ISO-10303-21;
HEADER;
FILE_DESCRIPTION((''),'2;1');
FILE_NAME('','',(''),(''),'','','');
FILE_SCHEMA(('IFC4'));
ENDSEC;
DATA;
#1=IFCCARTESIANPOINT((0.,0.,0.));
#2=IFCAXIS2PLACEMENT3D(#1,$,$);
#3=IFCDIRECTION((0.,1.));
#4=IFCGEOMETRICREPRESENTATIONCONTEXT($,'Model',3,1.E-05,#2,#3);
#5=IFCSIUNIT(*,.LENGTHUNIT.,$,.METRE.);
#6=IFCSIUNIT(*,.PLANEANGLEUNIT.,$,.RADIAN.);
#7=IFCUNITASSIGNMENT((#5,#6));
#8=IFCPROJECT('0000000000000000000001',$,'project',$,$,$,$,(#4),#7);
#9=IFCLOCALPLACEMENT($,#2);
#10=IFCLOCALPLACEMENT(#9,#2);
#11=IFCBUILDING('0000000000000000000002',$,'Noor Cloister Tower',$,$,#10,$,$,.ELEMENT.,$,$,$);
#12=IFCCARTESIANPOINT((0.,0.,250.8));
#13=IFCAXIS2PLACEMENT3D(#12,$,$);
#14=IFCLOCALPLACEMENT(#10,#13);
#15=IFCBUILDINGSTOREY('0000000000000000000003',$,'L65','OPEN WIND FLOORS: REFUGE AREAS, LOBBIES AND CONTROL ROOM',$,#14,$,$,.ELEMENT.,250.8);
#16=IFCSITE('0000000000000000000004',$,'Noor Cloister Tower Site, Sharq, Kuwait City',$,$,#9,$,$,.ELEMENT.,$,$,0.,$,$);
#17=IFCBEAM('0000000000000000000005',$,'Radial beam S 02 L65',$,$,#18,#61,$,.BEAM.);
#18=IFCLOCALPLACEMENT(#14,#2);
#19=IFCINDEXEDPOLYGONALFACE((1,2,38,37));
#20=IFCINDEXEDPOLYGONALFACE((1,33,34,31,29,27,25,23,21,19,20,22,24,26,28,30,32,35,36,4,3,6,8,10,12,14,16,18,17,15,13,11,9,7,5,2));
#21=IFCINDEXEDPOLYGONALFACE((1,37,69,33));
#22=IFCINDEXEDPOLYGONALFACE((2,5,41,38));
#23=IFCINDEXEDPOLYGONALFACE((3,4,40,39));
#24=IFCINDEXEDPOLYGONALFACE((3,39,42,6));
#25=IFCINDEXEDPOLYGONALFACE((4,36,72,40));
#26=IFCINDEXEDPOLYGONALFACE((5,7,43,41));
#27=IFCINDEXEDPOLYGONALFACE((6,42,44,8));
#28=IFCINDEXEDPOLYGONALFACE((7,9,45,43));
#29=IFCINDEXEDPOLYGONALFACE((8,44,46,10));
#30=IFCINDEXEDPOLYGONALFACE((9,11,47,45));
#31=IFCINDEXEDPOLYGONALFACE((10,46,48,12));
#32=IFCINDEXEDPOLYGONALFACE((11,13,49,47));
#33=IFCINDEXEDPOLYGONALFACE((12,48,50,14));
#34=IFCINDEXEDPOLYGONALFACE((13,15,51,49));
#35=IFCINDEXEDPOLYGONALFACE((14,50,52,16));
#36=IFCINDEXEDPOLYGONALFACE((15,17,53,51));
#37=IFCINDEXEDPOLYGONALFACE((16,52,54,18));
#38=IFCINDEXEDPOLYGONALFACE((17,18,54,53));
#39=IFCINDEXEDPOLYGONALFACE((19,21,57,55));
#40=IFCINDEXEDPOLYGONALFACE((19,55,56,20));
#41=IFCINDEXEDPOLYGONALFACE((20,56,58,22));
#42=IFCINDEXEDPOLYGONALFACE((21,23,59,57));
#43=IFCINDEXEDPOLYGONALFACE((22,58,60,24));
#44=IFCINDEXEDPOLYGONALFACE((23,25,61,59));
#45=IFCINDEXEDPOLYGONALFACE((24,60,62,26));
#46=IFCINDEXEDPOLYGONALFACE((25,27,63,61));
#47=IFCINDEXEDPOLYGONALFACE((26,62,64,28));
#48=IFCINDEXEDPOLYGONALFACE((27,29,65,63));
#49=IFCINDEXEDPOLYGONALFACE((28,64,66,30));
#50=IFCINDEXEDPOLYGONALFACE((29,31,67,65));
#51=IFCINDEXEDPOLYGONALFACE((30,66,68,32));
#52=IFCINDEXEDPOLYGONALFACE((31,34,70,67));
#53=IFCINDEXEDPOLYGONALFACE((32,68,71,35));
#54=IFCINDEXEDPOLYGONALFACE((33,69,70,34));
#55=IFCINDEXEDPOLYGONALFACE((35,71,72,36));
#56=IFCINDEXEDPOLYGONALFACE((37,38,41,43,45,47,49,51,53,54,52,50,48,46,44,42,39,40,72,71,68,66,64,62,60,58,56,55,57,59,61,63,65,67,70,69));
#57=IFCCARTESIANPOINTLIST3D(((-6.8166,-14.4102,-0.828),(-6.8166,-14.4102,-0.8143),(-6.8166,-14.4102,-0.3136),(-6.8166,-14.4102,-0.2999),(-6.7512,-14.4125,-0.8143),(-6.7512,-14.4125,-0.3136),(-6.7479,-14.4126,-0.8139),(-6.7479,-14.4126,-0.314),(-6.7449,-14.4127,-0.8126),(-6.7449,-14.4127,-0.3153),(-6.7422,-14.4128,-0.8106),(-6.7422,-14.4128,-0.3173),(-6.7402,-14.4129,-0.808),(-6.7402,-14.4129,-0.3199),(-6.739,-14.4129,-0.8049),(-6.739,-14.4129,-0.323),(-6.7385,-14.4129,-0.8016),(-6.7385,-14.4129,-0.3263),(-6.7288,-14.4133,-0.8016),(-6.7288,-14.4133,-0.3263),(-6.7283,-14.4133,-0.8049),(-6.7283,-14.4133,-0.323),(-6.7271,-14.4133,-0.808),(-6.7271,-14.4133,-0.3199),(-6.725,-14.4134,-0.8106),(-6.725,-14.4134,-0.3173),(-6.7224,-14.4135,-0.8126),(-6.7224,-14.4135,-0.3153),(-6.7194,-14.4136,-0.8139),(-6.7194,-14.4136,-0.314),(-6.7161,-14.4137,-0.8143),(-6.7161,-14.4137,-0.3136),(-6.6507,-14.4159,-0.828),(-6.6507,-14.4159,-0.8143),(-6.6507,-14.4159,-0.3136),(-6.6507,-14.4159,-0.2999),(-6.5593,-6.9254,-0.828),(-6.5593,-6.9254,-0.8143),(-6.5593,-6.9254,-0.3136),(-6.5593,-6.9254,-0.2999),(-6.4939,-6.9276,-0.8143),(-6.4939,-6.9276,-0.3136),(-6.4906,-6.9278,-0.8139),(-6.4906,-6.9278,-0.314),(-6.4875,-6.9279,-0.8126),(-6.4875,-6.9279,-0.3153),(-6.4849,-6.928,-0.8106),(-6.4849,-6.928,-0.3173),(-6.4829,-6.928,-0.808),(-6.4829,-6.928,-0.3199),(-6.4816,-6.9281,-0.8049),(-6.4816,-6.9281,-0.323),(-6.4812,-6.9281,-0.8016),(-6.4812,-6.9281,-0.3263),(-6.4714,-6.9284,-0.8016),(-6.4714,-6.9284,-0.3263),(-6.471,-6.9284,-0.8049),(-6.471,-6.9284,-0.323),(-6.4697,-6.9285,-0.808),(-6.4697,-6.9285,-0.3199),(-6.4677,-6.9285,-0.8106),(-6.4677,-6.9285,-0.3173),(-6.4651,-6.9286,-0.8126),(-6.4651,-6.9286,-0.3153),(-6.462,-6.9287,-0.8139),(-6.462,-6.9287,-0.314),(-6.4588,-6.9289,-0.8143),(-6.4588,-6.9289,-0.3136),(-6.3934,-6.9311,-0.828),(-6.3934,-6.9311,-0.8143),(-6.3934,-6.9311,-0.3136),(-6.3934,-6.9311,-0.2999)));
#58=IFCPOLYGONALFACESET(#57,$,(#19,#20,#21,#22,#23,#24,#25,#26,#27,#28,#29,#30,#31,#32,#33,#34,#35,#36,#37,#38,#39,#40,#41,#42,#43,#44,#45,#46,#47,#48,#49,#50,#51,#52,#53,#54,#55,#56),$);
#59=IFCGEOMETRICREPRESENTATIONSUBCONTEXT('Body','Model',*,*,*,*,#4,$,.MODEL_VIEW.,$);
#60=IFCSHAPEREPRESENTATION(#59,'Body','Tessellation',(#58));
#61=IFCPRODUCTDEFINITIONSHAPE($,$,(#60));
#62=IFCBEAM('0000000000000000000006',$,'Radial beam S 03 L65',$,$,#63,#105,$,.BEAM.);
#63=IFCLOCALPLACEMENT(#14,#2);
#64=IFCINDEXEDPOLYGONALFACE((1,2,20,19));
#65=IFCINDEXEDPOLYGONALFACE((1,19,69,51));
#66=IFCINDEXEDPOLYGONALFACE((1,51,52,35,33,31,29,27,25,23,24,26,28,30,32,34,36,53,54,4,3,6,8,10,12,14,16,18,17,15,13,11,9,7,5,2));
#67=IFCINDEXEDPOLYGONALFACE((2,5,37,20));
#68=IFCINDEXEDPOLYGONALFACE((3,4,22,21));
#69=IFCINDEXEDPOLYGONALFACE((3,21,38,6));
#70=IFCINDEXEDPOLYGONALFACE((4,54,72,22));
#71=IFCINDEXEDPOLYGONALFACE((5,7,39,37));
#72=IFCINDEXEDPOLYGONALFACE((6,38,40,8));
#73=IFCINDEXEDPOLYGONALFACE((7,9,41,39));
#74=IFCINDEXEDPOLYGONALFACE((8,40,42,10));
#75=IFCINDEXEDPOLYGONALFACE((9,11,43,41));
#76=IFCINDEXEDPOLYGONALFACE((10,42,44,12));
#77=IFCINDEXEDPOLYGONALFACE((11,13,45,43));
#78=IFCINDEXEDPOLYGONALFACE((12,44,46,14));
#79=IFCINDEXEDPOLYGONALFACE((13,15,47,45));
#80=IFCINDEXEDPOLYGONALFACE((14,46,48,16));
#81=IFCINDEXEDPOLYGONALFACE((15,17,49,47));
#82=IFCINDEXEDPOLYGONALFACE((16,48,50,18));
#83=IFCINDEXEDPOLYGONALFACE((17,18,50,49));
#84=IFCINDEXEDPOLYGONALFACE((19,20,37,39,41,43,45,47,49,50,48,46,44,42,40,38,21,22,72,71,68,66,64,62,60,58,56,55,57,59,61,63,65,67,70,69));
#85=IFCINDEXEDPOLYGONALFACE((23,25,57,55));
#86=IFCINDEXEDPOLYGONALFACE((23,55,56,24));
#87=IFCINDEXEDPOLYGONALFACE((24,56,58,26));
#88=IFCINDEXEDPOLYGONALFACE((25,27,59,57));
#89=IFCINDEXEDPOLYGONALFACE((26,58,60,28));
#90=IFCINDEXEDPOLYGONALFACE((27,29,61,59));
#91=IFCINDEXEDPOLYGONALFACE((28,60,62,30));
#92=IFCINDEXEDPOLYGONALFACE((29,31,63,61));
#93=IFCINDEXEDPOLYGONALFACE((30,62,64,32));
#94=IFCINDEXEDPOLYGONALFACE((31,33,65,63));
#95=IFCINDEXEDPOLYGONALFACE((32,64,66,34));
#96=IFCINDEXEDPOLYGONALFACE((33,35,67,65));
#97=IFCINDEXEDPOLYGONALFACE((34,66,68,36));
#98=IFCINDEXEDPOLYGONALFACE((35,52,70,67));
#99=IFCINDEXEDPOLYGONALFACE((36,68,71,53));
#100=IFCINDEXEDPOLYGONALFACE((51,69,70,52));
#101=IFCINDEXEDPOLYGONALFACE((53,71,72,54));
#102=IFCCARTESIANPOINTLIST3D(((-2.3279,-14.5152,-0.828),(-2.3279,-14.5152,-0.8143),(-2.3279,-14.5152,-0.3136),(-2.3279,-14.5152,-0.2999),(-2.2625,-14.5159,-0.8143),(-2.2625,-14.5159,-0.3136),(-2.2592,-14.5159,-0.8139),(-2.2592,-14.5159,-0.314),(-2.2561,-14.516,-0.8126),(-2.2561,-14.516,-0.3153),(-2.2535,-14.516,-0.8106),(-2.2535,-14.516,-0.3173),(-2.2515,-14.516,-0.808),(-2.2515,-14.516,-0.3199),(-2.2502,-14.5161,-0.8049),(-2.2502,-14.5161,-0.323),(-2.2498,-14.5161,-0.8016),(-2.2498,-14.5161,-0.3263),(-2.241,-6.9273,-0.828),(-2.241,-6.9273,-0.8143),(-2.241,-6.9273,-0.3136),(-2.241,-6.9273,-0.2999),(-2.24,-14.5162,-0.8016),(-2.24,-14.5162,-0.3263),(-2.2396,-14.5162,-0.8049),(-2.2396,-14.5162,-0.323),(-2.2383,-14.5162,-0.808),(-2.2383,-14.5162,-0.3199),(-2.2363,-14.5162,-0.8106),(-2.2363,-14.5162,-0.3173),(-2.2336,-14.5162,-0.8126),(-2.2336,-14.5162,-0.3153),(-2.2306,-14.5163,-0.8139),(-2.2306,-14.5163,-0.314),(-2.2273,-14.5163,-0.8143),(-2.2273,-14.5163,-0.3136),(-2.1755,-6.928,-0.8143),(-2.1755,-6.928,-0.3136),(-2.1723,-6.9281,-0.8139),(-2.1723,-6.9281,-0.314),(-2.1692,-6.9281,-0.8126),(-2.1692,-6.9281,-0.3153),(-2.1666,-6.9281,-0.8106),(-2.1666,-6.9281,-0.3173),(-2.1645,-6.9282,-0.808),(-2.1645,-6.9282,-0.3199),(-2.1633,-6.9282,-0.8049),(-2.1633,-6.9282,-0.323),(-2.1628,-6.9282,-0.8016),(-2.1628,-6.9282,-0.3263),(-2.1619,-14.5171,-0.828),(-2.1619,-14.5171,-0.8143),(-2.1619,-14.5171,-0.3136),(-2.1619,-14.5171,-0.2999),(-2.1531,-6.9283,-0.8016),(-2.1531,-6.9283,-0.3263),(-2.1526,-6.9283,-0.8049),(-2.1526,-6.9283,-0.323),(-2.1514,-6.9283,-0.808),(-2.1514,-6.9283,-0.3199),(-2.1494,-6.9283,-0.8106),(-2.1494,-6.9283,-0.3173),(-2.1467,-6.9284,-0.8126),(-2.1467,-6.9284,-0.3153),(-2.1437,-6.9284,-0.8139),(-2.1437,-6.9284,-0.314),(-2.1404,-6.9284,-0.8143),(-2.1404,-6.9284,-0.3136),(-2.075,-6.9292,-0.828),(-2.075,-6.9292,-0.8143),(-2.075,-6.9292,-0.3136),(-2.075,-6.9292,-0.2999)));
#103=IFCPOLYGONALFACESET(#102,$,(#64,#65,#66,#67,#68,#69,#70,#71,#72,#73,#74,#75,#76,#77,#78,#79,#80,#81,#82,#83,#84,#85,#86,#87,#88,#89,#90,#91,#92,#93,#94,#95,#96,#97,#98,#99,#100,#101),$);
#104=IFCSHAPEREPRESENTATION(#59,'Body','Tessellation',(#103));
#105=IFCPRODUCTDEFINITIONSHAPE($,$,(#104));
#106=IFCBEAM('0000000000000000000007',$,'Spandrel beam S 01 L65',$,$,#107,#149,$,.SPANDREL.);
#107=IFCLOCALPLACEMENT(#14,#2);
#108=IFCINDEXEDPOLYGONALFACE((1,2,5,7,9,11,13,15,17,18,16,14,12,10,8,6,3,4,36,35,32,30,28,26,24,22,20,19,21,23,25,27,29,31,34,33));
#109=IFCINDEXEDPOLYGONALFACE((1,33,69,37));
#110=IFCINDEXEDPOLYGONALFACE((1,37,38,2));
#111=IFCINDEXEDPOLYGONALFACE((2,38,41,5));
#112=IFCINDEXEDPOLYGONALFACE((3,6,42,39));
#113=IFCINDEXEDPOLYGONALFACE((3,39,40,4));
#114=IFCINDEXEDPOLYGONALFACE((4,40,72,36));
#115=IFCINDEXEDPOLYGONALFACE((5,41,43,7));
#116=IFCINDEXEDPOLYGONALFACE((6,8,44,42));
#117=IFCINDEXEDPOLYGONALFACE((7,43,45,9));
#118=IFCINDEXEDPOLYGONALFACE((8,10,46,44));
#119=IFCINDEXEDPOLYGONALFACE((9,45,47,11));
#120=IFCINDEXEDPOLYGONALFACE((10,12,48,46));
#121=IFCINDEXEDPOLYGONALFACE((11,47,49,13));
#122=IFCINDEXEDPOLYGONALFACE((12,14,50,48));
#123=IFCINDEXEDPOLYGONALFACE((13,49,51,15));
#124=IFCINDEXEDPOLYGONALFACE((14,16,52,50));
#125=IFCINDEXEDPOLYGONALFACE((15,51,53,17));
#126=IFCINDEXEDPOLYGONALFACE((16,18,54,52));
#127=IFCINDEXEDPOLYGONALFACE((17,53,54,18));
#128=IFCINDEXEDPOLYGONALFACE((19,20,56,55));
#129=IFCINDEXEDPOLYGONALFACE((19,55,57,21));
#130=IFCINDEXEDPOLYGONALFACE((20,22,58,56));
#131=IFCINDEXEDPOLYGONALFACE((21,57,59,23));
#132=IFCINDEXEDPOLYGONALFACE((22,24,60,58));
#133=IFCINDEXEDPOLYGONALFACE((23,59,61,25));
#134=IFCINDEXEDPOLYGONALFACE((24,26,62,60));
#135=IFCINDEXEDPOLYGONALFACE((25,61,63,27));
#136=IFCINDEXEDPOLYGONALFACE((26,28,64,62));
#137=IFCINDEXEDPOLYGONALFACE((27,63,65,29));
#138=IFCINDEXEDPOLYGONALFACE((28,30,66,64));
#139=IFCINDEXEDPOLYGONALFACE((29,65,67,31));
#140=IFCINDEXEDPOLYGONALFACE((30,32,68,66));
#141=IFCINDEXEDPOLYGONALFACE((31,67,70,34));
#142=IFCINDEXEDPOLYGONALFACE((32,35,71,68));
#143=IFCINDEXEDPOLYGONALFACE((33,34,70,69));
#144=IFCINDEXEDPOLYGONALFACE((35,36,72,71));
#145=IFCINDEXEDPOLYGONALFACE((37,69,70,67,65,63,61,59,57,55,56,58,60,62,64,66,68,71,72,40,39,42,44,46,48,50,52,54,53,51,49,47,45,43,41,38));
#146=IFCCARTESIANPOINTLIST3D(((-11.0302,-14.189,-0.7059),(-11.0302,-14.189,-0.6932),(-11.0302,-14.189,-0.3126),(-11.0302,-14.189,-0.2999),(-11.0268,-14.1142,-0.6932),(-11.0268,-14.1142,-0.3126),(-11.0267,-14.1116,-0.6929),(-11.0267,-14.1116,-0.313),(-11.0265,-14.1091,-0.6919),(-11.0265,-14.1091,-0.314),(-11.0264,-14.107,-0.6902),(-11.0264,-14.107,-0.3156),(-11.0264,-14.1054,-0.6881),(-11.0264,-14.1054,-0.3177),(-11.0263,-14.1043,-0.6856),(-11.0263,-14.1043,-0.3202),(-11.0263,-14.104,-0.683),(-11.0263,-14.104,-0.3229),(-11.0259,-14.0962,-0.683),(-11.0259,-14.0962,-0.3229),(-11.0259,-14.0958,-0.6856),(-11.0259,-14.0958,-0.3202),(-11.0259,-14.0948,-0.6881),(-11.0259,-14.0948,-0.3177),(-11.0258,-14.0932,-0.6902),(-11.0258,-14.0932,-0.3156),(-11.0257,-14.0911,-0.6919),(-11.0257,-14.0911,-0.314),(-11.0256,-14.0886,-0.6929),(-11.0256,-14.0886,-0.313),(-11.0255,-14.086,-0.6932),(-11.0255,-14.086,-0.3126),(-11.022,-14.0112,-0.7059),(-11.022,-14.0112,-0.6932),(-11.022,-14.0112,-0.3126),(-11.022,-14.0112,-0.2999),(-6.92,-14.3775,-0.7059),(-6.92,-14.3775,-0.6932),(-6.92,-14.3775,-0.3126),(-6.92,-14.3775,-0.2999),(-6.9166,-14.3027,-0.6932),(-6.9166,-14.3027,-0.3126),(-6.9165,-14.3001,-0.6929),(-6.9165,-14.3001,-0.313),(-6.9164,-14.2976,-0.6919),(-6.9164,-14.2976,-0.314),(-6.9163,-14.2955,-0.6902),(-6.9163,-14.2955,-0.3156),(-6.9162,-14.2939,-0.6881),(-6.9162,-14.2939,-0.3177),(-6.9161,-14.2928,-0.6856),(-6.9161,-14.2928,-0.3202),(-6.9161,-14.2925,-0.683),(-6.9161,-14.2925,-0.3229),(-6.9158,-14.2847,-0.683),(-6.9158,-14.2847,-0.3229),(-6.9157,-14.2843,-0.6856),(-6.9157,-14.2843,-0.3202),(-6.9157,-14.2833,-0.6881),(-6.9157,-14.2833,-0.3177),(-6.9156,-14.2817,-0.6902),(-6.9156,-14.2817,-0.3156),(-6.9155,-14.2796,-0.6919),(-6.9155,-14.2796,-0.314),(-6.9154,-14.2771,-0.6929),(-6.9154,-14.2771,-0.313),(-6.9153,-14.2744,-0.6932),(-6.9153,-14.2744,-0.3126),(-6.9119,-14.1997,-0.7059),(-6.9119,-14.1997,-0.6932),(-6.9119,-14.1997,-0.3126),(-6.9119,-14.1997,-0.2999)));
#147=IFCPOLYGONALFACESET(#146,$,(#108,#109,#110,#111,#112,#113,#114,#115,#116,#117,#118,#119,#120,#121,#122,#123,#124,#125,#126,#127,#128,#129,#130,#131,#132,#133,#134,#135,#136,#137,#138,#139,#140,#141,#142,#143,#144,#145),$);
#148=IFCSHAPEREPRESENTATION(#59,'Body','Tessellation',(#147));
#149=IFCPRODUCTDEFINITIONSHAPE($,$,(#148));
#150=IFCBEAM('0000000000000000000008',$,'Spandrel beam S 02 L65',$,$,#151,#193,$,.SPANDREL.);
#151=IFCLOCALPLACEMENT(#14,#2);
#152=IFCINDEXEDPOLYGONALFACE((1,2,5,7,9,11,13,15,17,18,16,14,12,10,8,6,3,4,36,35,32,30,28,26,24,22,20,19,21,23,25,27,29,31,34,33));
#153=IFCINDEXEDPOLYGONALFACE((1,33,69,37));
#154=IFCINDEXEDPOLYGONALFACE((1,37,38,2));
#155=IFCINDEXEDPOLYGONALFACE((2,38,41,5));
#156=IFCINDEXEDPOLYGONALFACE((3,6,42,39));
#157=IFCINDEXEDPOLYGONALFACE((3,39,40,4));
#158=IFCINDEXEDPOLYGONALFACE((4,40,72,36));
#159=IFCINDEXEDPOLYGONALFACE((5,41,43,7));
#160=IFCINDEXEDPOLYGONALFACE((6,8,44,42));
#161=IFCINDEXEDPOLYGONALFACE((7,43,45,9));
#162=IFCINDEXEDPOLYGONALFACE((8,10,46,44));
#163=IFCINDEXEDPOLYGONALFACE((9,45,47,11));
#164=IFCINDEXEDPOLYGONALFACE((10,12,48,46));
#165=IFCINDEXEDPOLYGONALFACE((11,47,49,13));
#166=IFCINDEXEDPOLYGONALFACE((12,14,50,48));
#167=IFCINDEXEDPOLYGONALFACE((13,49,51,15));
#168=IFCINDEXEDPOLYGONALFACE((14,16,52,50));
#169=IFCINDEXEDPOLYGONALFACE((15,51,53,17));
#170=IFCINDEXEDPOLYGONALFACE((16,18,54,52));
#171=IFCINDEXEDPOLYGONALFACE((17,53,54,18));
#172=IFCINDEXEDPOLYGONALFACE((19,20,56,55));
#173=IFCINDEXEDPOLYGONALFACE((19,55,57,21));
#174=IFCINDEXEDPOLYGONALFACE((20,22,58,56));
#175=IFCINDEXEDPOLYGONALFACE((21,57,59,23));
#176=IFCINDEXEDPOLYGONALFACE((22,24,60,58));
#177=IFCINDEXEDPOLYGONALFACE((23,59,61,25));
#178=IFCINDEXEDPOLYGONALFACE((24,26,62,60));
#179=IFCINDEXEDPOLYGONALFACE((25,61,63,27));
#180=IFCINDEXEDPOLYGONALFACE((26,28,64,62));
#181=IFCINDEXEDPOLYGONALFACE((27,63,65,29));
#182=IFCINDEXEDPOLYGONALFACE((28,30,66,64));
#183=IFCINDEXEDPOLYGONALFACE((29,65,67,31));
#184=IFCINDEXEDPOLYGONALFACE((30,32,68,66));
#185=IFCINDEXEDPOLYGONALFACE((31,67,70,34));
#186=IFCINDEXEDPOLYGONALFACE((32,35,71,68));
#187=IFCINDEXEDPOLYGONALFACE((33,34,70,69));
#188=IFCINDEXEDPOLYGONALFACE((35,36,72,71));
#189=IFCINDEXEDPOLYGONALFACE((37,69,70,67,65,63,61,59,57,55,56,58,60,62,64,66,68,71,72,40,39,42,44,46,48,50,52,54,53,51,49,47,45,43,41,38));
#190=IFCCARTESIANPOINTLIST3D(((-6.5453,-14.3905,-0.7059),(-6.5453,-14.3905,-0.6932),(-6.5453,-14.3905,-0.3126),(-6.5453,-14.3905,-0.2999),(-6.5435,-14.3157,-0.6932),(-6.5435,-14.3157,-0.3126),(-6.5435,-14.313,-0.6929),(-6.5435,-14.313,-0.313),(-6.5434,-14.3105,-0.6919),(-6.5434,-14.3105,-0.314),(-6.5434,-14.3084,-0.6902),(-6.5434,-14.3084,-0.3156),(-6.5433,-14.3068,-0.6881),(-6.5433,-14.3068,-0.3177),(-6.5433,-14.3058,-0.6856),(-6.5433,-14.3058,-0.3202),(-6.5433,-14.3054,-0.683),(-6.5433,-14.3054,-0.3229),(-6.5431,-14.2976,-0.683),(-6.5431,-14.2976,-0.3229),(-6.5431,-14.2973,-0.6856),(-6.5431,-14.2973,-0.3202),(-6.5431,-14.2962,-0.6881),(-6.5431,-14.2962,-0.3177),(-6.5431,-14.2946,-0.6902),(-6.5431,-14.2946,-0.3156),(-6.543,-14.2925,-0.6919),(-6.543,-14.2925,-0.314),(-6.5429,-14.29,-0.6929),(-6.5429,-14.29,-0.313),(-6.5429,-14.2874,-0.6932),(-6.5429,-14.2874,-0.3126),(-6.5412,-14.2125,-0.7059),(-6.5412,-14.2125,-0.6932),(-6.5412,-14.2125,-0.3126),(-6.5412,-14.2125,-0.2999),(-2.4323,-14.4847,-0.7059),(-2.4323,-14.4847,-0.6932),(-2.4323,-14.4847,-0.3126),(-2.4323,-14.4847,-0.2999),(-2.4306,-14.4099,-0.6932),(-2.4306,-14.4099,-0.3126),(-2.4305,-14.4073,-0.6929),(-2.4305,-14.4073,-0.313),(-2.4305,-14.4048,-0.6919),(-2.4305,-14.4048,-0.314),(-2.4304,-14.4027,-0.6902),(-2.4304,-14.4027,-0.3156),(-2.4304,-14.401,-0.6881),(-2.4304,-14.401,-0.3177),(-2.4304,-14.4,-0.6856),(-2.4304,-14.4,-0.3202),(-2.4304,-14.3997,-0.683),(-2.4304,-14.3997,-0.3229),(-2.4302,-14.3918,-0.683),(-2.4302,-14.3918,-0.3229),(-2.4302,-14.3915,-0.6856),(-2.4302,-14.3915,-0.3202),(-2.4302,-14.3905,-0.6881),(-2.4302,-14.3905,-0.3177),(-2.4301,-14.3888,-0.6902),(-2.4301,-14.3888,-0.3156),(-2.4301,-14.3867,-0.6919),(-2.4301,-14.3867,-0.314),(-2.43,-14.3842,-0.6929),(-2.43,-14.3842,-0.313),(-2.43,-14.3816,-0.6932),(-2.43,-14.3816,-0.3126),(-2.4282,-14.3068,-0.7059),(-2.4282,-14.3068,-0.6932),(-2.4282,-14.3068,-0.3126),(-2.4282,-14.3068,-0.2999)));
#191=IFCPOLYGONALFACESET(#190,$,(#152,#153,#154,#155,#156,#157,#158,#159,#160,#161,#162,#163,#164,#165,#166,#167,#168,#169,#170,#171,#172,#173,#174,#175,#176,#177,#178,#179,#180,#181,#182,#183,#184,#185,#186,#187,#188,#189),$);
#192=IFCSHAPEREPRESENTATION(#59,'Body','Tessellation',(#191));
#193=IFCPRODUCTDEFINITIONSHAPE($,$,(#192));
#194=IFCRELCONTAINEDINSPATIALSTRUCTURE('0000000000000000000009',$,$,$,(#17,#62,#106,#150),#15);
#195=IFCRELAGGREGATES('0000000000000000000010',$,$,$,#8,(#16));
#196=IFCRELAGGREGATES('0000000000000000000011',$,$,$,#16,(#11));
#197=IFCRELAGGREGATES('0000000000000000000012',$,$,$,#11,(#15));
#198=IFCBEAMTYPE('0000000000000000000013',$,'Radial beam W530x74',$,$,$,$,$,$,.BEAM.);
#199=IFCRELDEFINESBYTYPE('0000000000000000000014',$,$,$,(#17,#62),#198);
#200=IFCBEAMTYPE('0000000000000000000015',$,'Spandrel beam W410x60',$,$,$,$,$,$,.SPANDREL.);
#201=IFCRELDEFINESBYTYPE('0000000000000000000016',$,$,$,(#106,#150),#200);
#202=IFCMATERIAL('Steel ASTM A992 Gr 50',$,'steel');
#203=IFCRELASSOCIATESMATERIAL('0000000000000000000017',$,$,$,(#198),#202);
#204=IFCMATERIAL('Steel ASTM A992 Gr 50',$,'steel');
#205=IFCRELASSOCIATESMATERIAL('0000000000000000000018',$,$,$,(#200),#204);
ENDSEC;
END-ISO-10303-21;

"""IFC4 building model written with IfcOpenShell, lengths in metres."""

from ifc_helpers import new_model, si_unit, direction, frame, origin, origin_2d, place, context, subcontext, project, spatial, i_section, extrude, material, material_profile, profile_set, type_object, element, save


model = new_model("IFC4")

# Units and contexts
model_context = context("Model", 3, precision=1e-05, world=origin(), true_north=direction((0.0, 1.0)))
body_context = subcontext(model_context, "Body", "Model", "MODEL_VIEW")
ifc_project = project(units=[si_unit("LENGTHUNIT", "METRE"), si_unit("PLANEANGLEUNIT", "RADIAN")], contexts=[model_context])

# Site, building, storey
site_placement = place(None, origin())
site = spatial("IfcSite", under=ifc_project, at=site_placement, Name="Noor Cloister Tower Site, Sharq, Kuwait City", CompositionType="ELEMENT", RefElevation=0.0)
building_placement = place(site_placement, origin())
building = spatial("IfcBuilding", under=site, at=building_placement, Name="Noor Cloister Tower", CompositionType="ELEMENT")
storey_placement = place(building_placement, frame((0.0, 0.0, 250.8)))
storey = spatial("IfcBuildingStorey", under=building, at=storey_placement, Name="L65", Description="OPEN WIND FLOORS: REFUGE AREAS, LOBBIES AND CONTROL ROOM", CompositionType="ELEMENT", Elevation=250.8)

# Beams
ifc_material_1 = material(Name="Steel ASTM A992 Gr 50", Category="steel")
ifc_material_profile_1 = material_profile(ifc_material_1, i_section(OverallWidth=0.166, OverallDepth=0.5281, WebThickness=0.0098, FlangeThickness=0.0137, FilletRadius=0.0127, at=origin_2d()), Name="W530x74")
ifc_profile_set_1 = profile_set([ifc_material_profile_1], Name="Steel ASTM A992 Gr 50")
beam_type_1 = type_object("IfcBeamType", Name="Radial beam W530x74", PredefinedType="BEAM", material=ifc_profile_set_1)
beam_1_placement = place(storey_placement, frame((-6.7336, -14.4131, -0.564), z_axis=(0.034359, 0.99941, 0.0), x_axis=(-0.99941, 0.034359, 0.0)))
element("IfcBeam", 1, at=beam_1_placement, inside=storey, type_object=beam_type_1, Name="Radial beam S 02 L65", PredefinedType="BEAM", context=body_context, shape_type="SweptSolid", body=[
    extrude(i_section(OverallWidth=0.166, OverallDepth=0.5281, WebThickness=0.0098, FlangeThickness=0.0137, FilletRadius=0.0127, at=origin_2d()), origin(), (0.0, 0.0, 1.0), 7.4893),
])
beam_2_placement = place(storey_placement, frame((-2.2449, -14.5161, -0.564), z_axis=(0.011454, 0.999934, 0.0), x_axis=(-0.999934, 0.011454, 0.0)))
element("IfcBeam", 2, at=beam_2_placement, inside=storey, type_object=beam_type_1, Name="Radial beam S 03 L65", PredefinedType="BEAM", context=body_context, shape_type="SweptSolid", body=[
    extrude(i_section(OverallWidth=0.166, OverallDepth=0.5281, WebThickness=0.0098, FlangeThickness=0.0137, FilletRadius=0.0127, at=origin_2d()), origin(), (0.0, 0.0, 1.0), 7.5884),
])
ifc_material_2 = material(Name="Steel ASTM A992 Gr 50", Category="steel")
ifc_material_profile_2 = material_profile(ifc_material_2, i_section(OverallWidth=0.178, OverallDepth=0.406, WebThickness=0.0078, FlangeThickness=0.0127, FilletRadius=0.0103, at=origin_2d()), Name="W410x60")
ifc_profile_set_2 = profile_set([ifc_material_profile_2], Name="Steel ASTM A992 Gr 50")
beam_type_2 = type_object("IfcBeamType", Name="Spandrel beam W410x60", PredefinedType="SPANDREL", material=ifc_profile_set_2)
beam_3_placement = place(storey_placement, frame((-11.0261, -14.1001, -0.5029), z_axis=(0.99895, -0.045809, 0.0), x_axis=(0.045809, 0.99895, 0.0)))
element("IfcBeam", 3, at=beam_3_placement, inside=storey, type_object=beam_type_2, Name="Spandrel beam S 01 L65", PredefinedType="SPANDREL", context=body_context, shape_type="SweptSolid", body=[
    extrude(i_section(OverallWidth=0.178, OverallDepth=0.406, WebThickness=0.0078, FlangeThickness=0.0127, FilletRadius=0.0103, at=origin_2d()), origin(), (0.0, 0.0, 1.0), 4.1145),
])
beam_4_placement = place(storey_placement, frame((-6.5432, -14.3015, -0.5029), z_axis=(0.999738, -0.022906, 0.0), x_axis=(0.022906, 0.999738, 0.0)))
element("IfcBeam", 4, at=beam_4_placement, inside=storey, type_object=beam_type_2, Name="Spandrel beam S 02 L65", PredefinedType="SPANDREL", context=body_context, shape_type="SweptSolid", body=[
    extrude(i_section(OverallWidth=0.178, OverallDepth=0.406, WebThickness=0.0078, FlangeThickness=0.0127, FilletRadius=0.0103, at=origin_2d()), origin(), (0.0, 0.0, 1.0), 4.114),
])

save(model, "model.ifc")
